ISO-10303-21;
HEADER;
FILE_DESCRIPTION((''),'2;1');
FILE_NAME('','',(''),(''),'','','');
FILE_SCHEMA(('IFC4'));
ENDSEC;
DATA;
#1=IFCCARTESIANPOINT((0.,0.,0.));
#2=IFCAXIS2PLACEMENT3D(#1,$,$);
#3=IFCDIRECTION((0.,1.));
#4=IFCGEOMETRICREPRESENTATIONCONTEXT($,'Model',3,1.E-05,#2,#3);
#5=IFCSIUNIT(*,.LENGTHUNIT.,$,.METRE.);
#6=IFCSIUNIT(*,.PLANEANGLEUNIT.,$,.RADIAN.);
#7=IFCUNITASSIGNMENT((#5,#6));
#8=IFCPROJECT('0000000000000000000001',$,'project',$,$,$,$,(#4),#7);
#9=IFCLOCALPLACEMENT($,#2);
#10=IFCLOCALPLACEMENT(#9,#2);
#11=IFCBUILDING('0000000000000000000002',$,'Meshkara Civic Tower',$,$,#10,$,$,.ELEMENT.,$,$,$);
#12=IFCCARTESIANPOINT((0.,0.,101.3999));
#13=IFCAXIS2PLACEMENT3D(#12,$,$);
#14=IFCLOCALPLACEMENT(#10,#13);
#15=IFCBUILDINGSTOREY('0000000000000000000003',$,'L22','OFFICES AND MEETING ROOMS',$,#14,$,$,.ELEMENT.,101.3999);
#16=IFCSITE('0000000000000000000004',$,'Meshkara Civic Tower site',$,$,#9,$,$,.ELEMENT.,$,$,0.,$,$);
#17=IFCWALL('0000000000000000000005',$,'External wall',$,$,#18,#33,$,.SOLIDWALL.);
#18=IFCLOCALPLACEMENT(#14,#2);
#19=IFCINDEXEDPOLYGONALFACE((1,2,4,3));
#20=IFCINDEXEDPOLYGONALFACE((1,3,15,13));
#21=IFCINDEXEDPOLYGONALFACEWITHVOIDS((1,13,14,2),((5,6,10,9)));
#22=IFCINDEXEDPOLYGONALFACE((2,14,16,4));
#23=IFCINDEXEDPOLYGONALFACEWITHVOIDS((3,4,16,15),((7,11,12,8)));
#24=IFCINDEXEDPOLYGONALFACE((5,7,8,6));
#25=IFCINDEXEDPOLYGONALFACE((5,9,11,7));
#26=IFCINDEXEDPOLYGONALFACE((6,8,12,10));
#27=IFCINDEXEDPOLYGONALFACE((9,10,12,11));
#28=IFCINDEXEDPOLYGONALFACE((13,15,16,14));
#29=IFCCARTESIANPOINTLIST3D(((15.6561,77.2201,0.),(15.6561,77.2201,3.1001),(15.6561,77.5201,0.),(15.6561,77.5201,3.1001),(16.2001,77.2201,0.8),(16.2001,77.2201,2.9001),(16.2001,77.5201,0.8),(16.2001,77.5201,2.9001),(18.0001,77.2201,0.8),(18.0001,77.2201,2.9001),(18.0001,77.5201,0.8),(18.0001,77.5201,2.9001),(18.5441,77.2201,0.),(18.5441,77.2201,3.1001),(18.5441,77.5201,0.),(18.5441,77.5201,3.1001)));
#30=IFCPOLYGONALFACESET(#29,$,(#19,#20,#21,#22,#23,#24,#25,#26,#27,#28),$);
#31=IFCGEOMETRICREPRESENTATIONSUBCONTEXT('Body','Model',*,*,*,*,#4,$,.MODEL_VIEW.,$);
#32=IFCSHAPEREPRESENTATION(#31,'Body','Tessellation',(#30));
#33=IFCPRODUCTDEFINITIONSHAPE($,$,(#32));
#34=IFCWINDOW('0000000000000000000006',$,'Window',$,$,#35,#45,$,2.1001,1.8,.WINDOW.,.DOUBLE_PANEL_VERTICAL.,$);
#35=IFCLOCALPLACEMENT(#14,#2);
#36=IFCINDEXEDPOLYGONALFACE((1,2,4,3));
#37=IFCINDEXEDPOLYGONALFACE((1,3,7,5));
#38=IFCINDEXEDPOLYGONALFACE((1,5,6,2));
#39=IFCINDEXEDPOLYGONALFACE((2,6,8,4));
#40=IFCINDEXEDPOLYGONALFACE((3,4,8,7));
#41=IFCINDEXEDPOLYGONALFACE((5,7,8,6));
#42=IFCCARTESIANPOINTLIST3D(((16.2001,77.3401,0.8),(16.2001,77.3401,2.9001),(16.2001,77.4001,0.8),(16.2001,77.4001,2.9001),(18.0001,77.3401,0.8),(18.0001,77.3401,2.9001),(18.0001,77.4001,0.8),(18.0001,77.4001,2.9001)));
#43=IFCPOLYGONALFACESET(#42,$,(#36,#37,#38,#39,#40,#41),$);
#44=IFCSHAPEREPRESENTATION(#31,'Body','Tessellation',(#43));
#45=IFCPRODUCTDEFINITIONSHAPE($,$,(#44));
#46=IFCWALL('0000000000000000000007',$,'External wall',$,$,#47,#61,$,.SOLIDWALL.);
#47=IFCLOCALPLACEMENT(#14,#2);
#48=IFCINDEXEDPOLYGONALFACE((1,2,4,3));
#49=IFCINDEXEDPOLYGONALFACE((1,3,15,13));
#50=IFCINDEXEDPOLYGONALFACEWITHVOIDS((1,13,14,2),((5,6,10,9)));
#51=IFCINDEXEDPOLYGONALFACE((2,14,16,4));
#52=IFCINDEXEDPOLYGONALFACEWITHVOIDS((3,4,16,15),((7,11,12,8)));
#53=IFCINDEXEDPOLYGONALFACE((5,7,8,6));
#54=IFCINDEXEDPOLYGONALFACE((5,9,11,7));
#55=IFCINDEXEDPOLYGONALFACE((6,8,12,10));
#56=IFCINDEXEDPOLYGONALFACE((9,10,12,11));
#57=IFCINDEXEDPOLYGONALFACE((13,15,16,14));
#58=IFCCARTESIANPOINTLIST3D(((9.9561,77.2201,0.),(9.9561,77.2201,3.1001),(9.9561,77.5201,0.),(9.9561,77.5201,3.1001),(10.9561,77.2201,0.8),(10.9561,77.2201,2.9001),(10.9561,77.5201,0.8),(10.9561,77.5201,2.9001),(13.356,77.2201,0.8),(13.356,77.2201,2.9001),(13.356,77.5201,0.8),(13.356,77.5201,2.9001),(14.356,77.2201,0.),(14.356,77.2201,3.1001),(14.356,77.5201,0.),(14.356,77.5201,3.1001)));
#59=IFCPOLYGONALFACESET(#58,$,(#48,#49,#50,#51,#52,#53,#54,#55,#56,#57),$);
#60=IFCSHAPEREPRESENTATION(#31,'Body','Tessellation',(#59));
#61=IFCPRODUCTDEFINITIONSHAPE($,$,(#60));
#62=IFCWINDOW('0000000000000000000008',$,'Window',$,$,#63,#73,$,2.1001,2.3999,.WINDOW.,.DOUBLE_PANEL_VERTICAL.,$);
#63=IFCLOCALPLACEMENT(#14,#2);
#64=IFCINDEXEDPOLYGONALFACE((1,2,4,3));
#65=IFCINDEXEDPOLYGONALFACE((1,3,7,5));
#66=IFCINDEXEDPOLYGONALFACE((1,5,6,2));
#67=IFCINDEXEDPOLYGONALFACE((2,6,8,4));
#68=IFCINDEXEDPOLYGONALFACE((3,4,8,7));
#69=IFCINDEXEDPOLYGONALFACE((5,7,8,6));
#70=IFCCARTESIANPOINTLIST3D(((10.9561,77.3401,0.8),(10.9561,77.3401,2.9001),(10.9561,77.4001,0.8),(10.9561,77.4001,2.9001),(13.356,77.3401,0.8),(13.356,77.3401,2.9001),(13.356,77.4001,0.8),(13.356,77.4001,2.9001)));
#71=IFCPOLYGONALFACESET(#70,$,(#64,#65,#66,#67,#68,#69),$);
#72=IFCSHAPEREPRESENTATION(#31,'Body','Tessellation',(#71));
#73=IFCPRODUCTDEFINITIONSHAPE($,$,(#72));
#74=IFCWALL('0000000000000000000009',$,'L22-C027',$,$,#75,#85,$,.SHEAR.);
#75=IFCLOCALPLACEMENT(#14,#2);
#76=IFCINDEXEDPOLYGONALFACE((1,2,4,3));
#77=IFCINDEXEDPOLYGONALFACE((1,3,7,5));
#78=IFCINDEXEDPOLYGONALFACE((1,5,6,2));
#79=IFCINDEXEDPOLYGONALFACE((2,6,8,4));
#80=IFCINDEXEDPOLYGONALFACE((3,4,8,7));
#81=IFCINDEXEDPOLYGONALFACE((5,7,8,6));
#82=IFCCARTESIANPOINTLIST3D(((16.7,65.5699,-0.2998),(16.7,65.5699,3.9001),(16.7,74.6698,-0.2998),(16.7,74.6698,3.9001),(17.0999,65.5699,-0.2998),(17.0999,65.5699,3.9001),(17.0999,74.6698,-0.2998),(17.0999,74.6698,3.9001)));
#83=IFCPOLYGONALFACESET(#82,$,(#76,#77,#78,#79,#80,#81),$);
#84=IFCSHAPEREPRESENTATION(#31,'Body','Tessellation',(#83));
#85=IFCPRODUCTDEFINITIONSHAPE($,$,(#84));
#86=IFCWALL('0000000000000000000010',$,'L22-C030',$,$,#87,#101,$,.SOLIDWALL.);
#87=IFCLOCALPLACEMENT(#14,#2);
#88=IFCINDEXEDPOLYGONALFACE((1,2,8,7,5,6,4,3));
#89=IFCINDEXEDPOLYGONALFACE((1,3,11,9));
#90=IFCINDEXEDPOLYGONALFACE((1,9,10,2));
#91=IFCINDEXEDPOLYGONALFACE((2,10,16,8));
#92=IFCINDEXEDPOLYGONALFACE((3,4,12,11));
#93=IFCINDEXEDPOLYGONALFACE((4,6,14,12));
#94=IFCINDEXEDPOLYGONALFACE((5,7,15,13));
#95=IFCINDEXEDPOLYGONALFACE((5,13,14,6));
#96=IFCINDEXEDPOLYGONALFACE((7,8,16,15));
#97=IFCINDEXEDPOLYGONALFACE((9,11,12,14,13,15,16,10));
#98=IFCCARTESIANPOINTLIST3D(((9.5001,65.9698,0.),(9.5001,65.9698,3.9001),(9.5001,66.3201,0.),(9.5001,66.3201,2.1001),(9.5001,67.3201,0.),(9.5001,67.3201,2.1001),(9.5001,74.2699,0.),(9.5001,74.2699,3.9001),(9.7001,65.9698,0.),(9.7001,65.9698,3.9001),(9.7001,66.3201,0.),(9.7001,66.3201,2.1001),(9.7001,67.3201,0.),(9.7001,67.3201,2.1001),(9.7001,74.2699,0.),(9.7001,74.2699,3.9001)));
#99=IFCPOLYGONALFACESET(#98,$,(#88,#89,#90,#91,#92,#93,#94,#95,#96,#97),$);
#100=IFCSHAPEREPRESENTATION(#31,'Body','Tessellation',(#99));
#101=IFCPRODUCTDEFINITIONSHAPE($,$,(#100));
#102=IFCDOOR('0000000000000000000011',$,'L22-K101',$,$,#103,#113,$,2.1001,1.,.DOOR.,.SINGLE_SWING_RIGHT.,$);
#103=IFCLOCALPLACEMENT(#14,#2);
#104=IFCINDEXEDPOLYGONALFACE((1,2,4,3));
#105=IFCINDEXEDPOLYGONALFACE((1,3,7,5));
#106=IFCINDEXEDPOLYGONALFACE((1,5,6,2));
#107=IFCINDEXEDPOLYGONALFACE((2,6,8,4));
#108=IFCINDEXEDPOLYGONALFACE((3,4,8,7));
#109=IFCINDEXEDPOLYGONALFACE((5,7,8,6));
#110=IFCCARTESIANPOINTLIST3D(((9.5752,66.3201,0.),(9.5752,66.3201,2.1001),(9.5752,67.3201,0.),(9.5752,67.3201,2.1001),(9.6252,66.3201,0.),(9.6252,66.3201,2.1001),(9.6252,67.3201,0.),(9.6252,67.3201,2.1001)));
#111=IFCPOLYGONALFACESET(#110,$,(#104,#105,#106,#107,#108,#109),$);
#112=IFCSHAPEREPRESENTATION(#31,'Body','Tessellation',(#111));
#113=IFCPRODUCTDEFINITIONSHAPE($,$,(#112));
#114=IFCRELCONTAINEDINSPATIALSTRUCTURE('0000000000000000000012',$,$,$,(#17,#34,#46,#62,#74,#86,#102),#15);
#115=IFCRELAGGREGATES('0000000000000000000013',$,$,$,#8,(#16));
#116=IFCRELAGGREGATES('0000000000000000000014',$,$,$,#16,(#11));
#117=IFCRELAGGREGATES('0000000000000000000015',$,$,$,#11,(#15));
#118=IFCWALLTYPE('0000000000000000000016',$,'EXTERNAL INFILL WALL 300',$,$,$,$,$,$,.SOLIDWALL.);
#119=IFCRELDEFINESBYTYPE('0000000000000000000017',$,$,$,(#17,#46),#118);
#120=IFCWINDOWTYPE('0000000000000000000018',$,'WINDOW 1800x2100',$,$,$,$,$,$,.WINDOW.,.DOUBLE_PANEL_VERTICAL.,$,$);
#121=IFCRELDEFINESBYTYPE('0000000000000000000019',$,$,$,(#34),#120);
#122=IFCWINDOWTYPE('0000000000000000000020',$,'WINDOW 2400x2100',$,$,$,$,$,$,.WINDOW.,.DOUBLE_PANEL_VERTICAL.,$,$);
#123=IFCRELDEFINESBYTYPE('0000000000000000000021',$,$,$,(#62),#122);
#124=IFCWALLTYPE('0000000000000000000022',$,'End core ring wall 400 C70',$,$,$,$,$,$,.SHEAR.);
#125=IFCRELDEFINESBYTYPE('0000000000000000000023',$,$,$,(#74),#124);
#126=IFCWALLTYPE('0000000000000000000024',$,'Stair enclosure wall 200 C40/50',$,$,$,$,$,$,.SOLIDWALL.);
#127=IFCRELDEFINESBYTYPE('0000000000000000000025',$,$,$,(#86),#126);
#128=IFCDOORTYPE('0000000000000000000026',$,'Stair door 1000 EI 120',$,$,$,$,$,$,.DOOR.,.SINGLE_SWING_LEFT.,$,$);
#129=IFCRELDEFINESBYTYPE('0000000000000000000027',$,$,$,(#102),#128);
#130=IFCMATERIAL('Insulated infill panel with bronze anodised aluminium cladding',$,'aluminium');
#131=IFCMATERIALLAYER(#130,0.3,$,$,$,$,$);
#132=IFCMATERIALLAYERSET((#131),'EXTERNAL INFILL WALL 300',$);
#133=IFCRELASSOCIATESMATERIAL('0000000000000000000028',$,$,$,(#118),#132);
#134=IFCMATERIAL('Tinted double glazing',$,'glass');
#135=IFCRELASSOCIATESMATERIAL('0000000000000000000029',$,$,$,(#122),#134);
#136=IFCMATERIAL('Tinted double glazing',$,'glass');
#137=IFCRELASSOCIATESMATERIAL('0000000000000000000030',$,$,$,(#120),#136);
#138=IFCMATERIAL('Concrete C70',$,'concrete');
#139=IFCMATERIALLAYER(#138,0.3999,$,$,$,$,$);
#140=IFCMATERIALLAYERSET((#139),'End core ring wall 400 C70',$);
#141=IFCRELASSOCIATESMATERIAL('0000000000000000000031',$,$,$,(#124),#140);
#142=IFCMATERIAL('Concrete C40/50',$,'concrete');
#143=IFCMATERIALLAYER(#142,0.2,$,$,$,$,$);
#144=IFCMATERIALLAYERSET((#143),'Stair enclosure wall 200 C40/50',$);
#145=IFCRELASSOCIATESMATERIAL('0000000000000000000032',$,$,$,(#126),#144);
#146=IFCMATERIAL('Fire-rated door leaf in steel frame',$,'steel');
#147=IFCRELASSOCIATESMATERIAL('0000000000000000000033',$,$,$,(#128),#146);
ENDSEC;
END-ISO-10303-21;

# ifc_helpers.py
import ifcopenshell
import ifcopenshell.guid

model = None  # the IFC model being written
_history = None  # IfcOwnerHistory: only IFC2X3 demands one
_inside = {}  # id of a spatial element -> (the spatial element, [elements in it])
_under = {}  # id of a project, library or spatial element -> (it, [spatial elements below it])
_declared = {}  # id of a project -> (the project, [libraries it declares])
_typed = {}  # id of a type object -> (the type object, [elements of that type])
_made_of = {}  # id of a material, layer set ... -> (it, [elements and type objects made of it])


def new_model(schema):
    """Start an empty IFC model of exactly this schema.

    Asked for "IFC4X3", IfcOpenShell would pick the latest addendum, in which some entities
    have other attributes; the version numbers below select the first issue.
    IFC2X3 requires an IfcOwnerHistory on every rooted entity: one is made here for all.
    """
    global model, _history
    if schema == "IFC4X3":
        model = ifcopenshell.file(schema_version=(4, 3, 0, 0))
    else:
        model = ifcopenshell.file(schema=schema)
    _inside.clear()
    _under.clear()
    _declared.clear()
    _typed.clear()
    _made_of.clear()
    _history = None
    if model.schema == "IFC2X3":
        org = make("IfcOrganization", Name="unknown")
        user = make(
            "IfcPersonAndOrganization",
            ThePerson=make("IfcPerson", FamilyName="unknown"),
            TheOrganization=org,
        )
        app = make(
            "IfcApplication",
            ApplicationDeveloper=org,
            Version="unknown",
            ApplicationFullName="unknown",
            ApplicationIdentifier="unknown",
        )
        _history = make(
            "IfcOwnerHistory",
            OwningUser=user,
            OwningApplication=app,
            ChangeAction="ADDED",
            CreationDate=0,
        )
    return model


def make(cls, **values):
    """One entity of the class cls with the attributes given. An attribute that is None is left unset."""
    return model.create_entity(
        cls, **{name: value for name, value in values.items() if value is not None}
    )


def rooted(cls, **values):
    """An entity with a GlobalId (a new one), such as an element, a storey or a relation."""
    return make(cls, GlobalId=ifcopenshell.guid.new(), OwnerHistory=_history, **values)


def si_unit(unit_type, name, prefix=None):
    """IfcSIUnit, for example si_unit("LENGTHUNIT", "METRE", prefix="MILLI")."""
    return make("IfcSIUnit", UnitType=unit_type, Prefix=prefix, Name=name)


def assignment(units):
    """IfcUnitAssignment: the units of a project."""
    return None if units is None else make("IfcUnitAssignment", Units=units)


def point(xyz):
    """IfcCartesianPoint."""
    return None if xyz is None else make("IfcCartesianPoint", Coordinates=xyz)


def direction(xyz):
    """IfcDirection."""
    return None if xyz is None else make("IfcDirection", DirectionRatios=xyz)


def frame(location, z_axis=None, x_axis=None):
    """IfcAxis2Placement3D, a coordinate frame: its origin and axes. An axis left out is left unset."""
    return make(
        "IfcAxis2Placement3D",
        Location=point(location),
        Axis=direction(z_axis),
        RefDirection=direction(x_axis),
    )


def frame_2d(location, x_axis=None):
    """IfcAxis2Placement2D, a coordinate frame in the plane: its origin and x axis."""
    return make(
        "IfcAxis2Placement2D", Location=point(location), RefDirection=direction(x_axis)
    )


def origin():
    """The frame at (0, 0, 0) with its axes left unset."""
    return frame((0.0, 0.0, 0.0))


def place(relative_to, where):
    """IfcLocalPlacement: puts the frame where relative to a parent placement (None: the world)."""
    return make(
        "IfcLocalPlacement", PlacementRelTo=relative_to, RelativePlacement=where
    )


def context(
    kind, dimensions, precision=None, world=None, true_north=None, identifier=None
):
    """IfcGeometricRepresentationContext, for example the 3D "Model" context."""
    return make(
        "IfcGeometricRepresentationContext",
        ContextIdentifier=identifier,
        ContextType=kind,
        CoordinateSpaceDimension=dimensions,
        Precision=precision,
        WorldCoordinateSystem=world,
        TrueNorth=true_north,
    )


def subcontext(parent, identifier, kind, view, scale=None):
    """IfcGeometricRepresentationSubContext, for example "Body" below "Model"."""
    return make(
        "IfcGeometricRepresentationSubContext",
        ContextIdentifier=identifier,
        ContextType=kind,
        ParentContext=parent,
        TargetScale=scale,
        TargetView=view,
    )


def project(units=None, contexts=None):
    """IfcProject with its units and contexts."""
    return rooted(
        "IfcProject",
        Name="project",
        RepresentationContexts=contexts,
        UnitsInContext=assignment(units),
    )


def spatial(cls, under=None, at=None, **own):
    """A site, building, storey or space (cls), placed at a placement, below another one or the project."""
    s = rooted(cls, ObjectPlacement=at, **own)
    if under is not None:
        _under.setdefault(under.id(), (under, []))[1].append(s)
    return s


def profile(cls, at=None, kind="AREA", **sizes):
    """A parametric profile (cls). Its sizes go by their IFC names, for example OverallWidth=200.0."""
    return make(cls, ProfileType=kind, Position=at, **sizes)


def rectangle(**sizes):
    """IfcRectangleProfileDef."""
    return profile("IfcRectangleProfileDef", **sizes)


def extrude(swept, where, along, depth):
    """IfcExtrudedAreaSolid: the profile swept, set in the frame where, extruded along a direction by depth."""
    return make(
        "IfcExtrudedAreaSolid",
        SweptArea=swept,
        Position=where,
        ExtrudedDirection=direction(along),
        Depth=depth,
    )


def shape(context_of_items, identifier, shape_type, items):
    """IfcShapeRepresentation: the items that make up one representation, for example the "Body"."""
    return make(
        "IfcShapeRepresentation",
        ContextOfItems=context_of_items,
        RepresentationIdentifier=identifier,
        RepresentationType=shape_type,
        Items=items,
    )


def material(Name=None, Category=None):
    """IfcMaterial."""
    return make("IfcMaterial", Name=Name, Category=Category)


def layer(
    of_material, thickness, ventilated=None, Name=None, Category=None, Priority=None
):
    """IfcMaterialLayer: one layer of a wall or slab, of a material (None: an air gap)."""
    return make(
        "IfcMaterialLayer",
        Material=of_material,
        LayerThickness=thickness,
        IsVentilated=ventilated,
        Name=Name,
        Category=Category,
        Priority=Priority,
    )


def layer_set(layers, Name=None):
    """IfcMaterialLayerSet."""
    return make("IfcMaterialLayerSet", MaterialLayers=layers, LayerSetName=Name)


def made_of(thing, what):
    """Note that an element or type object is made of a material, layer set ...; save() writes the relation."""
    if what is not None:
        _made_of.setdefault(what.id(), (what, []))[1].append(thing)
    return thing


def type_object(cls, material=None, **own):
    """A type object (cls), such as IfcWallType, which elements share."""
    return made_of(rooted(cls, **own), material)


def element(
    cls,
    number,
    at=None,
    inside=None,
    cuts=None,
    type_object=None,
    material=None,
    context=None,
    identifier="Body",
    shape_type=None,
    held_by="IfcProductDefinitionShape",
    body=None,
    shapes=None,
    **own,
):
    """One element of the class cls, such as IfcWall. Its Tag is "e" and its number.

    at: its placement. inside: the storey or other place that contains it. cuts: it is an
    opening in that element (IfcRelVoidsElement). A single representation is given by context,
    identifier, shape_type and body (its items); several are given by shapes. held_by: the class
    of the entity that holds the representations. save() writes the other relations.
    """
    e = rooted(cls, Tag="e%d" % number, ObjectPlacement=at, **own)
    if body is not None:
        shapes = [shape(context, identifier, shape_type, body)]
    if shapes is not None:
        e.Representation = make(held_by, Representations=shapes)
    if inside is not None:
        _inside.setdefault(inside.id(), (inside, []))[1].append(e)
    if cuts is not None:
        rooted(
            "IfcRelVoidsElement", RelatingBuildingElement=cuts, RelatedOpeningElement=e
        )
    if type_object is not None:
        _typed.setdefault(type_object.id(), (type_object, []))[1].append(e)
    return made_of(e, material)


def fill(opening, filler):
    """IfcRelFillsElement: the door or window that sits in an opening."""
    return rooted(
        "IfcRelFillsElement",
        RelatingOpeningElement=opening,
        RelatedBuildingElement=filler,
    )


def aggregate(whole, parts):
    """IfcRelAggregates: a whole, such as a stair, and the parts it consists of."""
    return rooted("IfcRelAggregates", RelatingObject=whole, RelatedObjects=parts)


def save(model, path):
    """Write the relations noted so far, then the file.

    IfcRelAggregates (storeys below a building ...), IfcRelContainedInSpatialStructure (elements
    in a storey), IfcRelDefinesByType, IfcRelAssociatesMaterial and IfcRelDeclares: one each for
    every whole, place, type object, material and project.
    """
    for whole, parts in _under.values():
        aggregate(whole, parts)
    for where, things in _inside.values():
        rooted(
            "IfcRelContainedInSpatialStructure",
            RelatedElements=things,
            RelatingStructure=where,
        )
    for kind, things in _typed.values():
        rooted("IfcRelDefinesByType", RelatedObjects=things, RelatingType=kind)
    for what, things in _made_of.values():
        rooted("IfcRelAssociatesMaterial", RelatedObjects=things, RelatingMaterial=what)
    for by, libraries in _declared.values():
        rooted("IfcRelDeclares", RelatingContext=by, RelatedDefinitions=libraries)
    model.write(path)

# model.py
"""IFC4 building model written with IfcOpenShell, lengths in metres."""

from ifc_helpers import new_model, si_unit, direction, frame, frame_2d, origin, place, context, subcontext, project, spatial, rectangle, extrude, material, layer, layer_set, type_object, element, fill, save


model = new_model("IFC4")

# Units and contexts
model_context = context("Model", 3, precision=1e-05, world=origin(), true_north=direction((0.0, 1.0)))
body_context = subcontext(model_context, "Body", "Model", "MODEL_VIEW")
ifc_project = project(units=[si_unit("LENGTHUNIT", "METRE"), si_unit("PLANEANGLEUNIT", "RADIAN")], contexts=[model_context])

# Site, building, storey
site_placement = place(None, origin())
site = spatial("IfcSite", under=ifc_project, at=site_placement, Name="Meshkara Civic Tower site", CompositionType="ELEMENT", RefElevation=0.0)
building_placement = place(site_placement, origin())
building = spatial("IfcBuilding", under=site, at=building_placement, Name="Meshkara Civic Tower", CompositionType="ELEMENT")
storey_placement = place(building_placement, frame((0.0, 0.0, 101.3999)))
storey = spatial("IfcBuildingStorey", under=building, at=storey_placement, Name="L22", Description="OFFICES AND MEETING ROOMS", CompositionType="ELEMENT", Elevation=101.3999)

# Walls, openings, windows
ifc_material_1 = material(Name="Insulated infill panel with bronze anodised aluminium cladding", Category="aluminium")
ifc_layer_1 = layer(ifc_material_1, 0.3)
ifc_layer_set_1 = layer_set([ifc_layer_1], Name="EXTERNAL INFILL WALL 300")
wall_type_1 = type_object("IfcWallType", Name="EXTERNAL INFILL WALL 300", PredefinedType="SOLIDWALL", material=ifc_layer_set_1)
ifc_material_2 = material(Name="Tinted double glazing", Category="glass")
window_type_1 = type_object("IfcWindowType", Name="WINDOW 2400x2100", PartitioningType="DOUBLE_PANEL_VERTICAL", PredefinedType="WINDOW", material=ifc_material_2)
ifc_material_3 = material(Name="Tinted double glazing", Category="glass")
window_type_2 = type_object("IfcWindowType", Name="WINDOW 1800x2100", PartitioningType="DOUBLE_PANEL_VERTICAL", PredefinedType="WINDOW", material=ifc_material_3)
wall_1_placement = place(storey_placement, frame((18.5439, 77.3701, 0.0), z_axis=(0.0, 0.0, 1.0), x_axis=(-1.0, 0.0, 0.0)))
wall_1 = element("IfcWall", 1, at=wall_1_placement, inside=storey, type_object=wall_type_1, Name="External wall", PredefinedType="SOLIDWALL", context=body_context, shape_type="SweptSolid", body=[
    extrude(rectangle(XDim=2.8879, YDim=0.3, at=frame_2d((1.4438, 0.0))), origin(), (0.0, 0.0, 1.0), 3.1001),
])
opening_1_placement = place(wall_1_placement, frame((0.5439, 0.0, 0.8)))
opening_1 = element("IfcOpeningElement", 2, at=opening_1_placement, cuts=wall_1, PredefinedType="OPENING", context=body_context, shape_type="SweptSolid", body=[
    extrude(rectangle(XDim=1.8, YDim=2.1001, at=frame_2d((0.8999, 1.05))), frame((0.0, 0.1599, 0.0), z_axis=(0.0, -1.0, 0.0), x_axis=(1.0, 0.0, 0.0)), (0.0, 0.0, 1.0), 0.3201),
])
window_1_placement = place(opening_1_placement, origin())
window_1 = element("IfcWindow", 3, at=window_1_placement, inside=storey, type_object=window_type_2, Name="Window", OverallHeight=2.1001, OverallWidth=1.8, PartitioningType="DOUBLE_PANEL_VERTICAL", PredefinedType="WINDOW", context=body_context, shape_type="SweptSolid", body=[
    extrude(rectangle(XDim=1.8, YDim=2.1001, at=frame_2d((0.8999, 1.05))), frame((0.0, 0.03, 0.0), z_axis=(0.0, -1.0, 0.0), x_axis=(1.0, 0.0, 0.0)), (0.0, 0.0, 1.0), 0.0601),
])
fill(opening_1, window_1)
wall_2_placement = place(storey_placement, frame((14.356, 77.3701, 0.0), z_axis=(0.0, 0.0, 1.0), x_axis=(-1.0, 0.0, 0.0)))
wall_2 = element("IfcWall", 4, at=wall_2_placement, inside=storey, type_object=wall_type_1, Name="External wall", PredefinedType="SOLIDWALL", context=body_context, shape_type="SweptSolid", body=[
    extrude(rectangle(XDim=4.3999, YDim=0.3, at=frame_2d((2.2, 0.0))), origin(), (0.0, 0.0, 1.0), 3.1001),
])
opening_2_placement = place(wall_2_placement, frame((1.0, 0.0, 0.8)))
opening_2 = element("IfcOpeningElement", 5, at=opening_2_placement, cuts=wall_2, PredefinedType="OPENING", context=body_context, shape_type="SweptSolid", body=[
    extrude(rectangle(XDim=2.3999, YDim=2.1001, at=frame_2d((1.2, 1.05))), frame((0.0, 0.1599, 0.0), z_axis=(0.0, -1.0, 0.0), x_axis=(1.0, 0.0, 0.0)), (0.0, 0.0, 1.0), 0.3201),
])
window_2_placement = place(opening_2_placement, origin())
window_2 = element("IfcWindow", 6, at=window_2_placement, inside=storey, type_object=window_type_1, Name="Window", OverallHeight=2.1001, OverallWidth=2.3999, PartitioningType="DOUBLE_PANEL_VERTICAL", PredefinedType="WINDOW", context=body_context, shape_type="SweptSolid", body=[
    extrude(rectangle(XDim=2.3999, YDim=2.1001, at=frame_2d((1.2, 1.05))), frame((0.0, 0.03, 0.0), z_axis=(0.0, -1.0, 0.0), x_axis=(1.0, 0.0, 0.0)), (0.0, 0.0, 1.0), 0.0601),
])
fill(opening_2, window_2)

# Wall
ifc_material_4 = material(Name="Concrete C70", Category="concrete")
ifc_layer_2 = layer(ifc_material_4, 0.3999)
ifc_layer_set_2 = layer_set([ifc_layer_2], Name="End core ring wall 400 C70")
wall_type_2 = type_object("IfcWallType", Name="End core ring wall 400 C70", PredefinedType="SHEAR", material=ifc_layer_set_2)
wall_3_placement = place(storey_placement, frame((16.8999, 65.5701, -0.2998), z_axis=(0.0, 0.0, 1.0), x_axis=(0.0, 1.0, 0.0)))
element("IfcWall", 7, at=wall_3_placement, inside=storey, type_object=wall_type_2, Name="L22-C027", PredefinedType="SHEAR", context=body_context, shape_type="SweptSolid", body=[
    extrude(rectangle(XDim=9.0999, YDim=0.3999, at=frame_2d((4.5498, 0.0))), origin(), (0.0, 0.0, 1.0), 4.2),
])

# Wall, opening, door
ifc_material_5 = material(Name="Concrete C40/50", Category="concrete")
ifc_layer_3 = layer(ifc_material_5, 0.2)
ifc_layer_set_3 = layer_set([ifc_layer_3], Name="Stair enclosure wall 200 C40/50")
wall_type_3 = type_object("IfcWallType", Name="Stair enclosure wall 200 C40/50", PredefinedType="SOLIDWALL", material=ifc_layer_set_3)
wall_4_placement = place(storey_placement, frame((9.6001, 65.97, 0.0), z_axis=(0.0, 0.0, 1.0), x_axis=(0.0, 1.0, 0.0)))
wall_4 = element("IfcWall", 8, at=wall_4_placement, inside=storey, type_object=wall_type_3, Name="L22-C030", PredefinedType="SOLIDWALL", context=body_context, shape_type="SweptSolid", body=[
    extrude(rectangle(XDim=8.3, YDim=0.2, at=frame_2d((4.1499, 0.0))), origin(), (0.0, 0.0, 1.0), 3.9001),
])
opening_3_placement = place(wall_4_placement, frame((0.3501, 0.0, 0.0)))
opening_3 = element("IfcOpeningElement", 9, at=opening_3_placement, cuts=wall_4, PredefinedType="OPENING", context=body_context, shape_type="SweptSolid", body=[
    extrude(rectangle(XDim=1.0, YDim=2.1001, at=frame_2d((0.5, 1.05))), frame((0.0, 0.1099, 0.0), z_axis=(0.0, -1.0, 0.0), x_axis=(1.0, 0.0, 0.0)), (0.0, 0.0, 1.0), 0.22),
])
ifc_material_6 = material(Name="Fire-rated door leaf in steel frame", Category="steel")
door_type_1 = type_object("IfcDoorType", Name="Stair door 1000 EI 120", OperationType="SINGLE_SWING_LEFT", PredefinedType="DOOR", material=ifc_material_6)
door_1_placement = place(opening_3_placement, origin())
door_1 = element("IfcDoor", 10, at=door_1_placement, inside=storey, type_object=door_type_1, Name="L22-K101", OperationType="SINGLE_SWING_RIGHT", OverallHeight=2.1001, OverallWidth=1.0, PredefinedType="DOOR", context=body_context, shape_type="SweptSolid", body=[
    extrude(rectangle(XDim=1.0, YDim=2.1001, at=frame_2d((0.5, 1.05))), frame((0.0, 0.0249, 0.0), z_axis=(0.0, -1.0, 0.0), x_axis=(1.0, 0.0, 0.0)), (0.0, 0.0, 1.0), 0.05),
])
fill(opening_3, door_1)

save(model, "model.ifc")
